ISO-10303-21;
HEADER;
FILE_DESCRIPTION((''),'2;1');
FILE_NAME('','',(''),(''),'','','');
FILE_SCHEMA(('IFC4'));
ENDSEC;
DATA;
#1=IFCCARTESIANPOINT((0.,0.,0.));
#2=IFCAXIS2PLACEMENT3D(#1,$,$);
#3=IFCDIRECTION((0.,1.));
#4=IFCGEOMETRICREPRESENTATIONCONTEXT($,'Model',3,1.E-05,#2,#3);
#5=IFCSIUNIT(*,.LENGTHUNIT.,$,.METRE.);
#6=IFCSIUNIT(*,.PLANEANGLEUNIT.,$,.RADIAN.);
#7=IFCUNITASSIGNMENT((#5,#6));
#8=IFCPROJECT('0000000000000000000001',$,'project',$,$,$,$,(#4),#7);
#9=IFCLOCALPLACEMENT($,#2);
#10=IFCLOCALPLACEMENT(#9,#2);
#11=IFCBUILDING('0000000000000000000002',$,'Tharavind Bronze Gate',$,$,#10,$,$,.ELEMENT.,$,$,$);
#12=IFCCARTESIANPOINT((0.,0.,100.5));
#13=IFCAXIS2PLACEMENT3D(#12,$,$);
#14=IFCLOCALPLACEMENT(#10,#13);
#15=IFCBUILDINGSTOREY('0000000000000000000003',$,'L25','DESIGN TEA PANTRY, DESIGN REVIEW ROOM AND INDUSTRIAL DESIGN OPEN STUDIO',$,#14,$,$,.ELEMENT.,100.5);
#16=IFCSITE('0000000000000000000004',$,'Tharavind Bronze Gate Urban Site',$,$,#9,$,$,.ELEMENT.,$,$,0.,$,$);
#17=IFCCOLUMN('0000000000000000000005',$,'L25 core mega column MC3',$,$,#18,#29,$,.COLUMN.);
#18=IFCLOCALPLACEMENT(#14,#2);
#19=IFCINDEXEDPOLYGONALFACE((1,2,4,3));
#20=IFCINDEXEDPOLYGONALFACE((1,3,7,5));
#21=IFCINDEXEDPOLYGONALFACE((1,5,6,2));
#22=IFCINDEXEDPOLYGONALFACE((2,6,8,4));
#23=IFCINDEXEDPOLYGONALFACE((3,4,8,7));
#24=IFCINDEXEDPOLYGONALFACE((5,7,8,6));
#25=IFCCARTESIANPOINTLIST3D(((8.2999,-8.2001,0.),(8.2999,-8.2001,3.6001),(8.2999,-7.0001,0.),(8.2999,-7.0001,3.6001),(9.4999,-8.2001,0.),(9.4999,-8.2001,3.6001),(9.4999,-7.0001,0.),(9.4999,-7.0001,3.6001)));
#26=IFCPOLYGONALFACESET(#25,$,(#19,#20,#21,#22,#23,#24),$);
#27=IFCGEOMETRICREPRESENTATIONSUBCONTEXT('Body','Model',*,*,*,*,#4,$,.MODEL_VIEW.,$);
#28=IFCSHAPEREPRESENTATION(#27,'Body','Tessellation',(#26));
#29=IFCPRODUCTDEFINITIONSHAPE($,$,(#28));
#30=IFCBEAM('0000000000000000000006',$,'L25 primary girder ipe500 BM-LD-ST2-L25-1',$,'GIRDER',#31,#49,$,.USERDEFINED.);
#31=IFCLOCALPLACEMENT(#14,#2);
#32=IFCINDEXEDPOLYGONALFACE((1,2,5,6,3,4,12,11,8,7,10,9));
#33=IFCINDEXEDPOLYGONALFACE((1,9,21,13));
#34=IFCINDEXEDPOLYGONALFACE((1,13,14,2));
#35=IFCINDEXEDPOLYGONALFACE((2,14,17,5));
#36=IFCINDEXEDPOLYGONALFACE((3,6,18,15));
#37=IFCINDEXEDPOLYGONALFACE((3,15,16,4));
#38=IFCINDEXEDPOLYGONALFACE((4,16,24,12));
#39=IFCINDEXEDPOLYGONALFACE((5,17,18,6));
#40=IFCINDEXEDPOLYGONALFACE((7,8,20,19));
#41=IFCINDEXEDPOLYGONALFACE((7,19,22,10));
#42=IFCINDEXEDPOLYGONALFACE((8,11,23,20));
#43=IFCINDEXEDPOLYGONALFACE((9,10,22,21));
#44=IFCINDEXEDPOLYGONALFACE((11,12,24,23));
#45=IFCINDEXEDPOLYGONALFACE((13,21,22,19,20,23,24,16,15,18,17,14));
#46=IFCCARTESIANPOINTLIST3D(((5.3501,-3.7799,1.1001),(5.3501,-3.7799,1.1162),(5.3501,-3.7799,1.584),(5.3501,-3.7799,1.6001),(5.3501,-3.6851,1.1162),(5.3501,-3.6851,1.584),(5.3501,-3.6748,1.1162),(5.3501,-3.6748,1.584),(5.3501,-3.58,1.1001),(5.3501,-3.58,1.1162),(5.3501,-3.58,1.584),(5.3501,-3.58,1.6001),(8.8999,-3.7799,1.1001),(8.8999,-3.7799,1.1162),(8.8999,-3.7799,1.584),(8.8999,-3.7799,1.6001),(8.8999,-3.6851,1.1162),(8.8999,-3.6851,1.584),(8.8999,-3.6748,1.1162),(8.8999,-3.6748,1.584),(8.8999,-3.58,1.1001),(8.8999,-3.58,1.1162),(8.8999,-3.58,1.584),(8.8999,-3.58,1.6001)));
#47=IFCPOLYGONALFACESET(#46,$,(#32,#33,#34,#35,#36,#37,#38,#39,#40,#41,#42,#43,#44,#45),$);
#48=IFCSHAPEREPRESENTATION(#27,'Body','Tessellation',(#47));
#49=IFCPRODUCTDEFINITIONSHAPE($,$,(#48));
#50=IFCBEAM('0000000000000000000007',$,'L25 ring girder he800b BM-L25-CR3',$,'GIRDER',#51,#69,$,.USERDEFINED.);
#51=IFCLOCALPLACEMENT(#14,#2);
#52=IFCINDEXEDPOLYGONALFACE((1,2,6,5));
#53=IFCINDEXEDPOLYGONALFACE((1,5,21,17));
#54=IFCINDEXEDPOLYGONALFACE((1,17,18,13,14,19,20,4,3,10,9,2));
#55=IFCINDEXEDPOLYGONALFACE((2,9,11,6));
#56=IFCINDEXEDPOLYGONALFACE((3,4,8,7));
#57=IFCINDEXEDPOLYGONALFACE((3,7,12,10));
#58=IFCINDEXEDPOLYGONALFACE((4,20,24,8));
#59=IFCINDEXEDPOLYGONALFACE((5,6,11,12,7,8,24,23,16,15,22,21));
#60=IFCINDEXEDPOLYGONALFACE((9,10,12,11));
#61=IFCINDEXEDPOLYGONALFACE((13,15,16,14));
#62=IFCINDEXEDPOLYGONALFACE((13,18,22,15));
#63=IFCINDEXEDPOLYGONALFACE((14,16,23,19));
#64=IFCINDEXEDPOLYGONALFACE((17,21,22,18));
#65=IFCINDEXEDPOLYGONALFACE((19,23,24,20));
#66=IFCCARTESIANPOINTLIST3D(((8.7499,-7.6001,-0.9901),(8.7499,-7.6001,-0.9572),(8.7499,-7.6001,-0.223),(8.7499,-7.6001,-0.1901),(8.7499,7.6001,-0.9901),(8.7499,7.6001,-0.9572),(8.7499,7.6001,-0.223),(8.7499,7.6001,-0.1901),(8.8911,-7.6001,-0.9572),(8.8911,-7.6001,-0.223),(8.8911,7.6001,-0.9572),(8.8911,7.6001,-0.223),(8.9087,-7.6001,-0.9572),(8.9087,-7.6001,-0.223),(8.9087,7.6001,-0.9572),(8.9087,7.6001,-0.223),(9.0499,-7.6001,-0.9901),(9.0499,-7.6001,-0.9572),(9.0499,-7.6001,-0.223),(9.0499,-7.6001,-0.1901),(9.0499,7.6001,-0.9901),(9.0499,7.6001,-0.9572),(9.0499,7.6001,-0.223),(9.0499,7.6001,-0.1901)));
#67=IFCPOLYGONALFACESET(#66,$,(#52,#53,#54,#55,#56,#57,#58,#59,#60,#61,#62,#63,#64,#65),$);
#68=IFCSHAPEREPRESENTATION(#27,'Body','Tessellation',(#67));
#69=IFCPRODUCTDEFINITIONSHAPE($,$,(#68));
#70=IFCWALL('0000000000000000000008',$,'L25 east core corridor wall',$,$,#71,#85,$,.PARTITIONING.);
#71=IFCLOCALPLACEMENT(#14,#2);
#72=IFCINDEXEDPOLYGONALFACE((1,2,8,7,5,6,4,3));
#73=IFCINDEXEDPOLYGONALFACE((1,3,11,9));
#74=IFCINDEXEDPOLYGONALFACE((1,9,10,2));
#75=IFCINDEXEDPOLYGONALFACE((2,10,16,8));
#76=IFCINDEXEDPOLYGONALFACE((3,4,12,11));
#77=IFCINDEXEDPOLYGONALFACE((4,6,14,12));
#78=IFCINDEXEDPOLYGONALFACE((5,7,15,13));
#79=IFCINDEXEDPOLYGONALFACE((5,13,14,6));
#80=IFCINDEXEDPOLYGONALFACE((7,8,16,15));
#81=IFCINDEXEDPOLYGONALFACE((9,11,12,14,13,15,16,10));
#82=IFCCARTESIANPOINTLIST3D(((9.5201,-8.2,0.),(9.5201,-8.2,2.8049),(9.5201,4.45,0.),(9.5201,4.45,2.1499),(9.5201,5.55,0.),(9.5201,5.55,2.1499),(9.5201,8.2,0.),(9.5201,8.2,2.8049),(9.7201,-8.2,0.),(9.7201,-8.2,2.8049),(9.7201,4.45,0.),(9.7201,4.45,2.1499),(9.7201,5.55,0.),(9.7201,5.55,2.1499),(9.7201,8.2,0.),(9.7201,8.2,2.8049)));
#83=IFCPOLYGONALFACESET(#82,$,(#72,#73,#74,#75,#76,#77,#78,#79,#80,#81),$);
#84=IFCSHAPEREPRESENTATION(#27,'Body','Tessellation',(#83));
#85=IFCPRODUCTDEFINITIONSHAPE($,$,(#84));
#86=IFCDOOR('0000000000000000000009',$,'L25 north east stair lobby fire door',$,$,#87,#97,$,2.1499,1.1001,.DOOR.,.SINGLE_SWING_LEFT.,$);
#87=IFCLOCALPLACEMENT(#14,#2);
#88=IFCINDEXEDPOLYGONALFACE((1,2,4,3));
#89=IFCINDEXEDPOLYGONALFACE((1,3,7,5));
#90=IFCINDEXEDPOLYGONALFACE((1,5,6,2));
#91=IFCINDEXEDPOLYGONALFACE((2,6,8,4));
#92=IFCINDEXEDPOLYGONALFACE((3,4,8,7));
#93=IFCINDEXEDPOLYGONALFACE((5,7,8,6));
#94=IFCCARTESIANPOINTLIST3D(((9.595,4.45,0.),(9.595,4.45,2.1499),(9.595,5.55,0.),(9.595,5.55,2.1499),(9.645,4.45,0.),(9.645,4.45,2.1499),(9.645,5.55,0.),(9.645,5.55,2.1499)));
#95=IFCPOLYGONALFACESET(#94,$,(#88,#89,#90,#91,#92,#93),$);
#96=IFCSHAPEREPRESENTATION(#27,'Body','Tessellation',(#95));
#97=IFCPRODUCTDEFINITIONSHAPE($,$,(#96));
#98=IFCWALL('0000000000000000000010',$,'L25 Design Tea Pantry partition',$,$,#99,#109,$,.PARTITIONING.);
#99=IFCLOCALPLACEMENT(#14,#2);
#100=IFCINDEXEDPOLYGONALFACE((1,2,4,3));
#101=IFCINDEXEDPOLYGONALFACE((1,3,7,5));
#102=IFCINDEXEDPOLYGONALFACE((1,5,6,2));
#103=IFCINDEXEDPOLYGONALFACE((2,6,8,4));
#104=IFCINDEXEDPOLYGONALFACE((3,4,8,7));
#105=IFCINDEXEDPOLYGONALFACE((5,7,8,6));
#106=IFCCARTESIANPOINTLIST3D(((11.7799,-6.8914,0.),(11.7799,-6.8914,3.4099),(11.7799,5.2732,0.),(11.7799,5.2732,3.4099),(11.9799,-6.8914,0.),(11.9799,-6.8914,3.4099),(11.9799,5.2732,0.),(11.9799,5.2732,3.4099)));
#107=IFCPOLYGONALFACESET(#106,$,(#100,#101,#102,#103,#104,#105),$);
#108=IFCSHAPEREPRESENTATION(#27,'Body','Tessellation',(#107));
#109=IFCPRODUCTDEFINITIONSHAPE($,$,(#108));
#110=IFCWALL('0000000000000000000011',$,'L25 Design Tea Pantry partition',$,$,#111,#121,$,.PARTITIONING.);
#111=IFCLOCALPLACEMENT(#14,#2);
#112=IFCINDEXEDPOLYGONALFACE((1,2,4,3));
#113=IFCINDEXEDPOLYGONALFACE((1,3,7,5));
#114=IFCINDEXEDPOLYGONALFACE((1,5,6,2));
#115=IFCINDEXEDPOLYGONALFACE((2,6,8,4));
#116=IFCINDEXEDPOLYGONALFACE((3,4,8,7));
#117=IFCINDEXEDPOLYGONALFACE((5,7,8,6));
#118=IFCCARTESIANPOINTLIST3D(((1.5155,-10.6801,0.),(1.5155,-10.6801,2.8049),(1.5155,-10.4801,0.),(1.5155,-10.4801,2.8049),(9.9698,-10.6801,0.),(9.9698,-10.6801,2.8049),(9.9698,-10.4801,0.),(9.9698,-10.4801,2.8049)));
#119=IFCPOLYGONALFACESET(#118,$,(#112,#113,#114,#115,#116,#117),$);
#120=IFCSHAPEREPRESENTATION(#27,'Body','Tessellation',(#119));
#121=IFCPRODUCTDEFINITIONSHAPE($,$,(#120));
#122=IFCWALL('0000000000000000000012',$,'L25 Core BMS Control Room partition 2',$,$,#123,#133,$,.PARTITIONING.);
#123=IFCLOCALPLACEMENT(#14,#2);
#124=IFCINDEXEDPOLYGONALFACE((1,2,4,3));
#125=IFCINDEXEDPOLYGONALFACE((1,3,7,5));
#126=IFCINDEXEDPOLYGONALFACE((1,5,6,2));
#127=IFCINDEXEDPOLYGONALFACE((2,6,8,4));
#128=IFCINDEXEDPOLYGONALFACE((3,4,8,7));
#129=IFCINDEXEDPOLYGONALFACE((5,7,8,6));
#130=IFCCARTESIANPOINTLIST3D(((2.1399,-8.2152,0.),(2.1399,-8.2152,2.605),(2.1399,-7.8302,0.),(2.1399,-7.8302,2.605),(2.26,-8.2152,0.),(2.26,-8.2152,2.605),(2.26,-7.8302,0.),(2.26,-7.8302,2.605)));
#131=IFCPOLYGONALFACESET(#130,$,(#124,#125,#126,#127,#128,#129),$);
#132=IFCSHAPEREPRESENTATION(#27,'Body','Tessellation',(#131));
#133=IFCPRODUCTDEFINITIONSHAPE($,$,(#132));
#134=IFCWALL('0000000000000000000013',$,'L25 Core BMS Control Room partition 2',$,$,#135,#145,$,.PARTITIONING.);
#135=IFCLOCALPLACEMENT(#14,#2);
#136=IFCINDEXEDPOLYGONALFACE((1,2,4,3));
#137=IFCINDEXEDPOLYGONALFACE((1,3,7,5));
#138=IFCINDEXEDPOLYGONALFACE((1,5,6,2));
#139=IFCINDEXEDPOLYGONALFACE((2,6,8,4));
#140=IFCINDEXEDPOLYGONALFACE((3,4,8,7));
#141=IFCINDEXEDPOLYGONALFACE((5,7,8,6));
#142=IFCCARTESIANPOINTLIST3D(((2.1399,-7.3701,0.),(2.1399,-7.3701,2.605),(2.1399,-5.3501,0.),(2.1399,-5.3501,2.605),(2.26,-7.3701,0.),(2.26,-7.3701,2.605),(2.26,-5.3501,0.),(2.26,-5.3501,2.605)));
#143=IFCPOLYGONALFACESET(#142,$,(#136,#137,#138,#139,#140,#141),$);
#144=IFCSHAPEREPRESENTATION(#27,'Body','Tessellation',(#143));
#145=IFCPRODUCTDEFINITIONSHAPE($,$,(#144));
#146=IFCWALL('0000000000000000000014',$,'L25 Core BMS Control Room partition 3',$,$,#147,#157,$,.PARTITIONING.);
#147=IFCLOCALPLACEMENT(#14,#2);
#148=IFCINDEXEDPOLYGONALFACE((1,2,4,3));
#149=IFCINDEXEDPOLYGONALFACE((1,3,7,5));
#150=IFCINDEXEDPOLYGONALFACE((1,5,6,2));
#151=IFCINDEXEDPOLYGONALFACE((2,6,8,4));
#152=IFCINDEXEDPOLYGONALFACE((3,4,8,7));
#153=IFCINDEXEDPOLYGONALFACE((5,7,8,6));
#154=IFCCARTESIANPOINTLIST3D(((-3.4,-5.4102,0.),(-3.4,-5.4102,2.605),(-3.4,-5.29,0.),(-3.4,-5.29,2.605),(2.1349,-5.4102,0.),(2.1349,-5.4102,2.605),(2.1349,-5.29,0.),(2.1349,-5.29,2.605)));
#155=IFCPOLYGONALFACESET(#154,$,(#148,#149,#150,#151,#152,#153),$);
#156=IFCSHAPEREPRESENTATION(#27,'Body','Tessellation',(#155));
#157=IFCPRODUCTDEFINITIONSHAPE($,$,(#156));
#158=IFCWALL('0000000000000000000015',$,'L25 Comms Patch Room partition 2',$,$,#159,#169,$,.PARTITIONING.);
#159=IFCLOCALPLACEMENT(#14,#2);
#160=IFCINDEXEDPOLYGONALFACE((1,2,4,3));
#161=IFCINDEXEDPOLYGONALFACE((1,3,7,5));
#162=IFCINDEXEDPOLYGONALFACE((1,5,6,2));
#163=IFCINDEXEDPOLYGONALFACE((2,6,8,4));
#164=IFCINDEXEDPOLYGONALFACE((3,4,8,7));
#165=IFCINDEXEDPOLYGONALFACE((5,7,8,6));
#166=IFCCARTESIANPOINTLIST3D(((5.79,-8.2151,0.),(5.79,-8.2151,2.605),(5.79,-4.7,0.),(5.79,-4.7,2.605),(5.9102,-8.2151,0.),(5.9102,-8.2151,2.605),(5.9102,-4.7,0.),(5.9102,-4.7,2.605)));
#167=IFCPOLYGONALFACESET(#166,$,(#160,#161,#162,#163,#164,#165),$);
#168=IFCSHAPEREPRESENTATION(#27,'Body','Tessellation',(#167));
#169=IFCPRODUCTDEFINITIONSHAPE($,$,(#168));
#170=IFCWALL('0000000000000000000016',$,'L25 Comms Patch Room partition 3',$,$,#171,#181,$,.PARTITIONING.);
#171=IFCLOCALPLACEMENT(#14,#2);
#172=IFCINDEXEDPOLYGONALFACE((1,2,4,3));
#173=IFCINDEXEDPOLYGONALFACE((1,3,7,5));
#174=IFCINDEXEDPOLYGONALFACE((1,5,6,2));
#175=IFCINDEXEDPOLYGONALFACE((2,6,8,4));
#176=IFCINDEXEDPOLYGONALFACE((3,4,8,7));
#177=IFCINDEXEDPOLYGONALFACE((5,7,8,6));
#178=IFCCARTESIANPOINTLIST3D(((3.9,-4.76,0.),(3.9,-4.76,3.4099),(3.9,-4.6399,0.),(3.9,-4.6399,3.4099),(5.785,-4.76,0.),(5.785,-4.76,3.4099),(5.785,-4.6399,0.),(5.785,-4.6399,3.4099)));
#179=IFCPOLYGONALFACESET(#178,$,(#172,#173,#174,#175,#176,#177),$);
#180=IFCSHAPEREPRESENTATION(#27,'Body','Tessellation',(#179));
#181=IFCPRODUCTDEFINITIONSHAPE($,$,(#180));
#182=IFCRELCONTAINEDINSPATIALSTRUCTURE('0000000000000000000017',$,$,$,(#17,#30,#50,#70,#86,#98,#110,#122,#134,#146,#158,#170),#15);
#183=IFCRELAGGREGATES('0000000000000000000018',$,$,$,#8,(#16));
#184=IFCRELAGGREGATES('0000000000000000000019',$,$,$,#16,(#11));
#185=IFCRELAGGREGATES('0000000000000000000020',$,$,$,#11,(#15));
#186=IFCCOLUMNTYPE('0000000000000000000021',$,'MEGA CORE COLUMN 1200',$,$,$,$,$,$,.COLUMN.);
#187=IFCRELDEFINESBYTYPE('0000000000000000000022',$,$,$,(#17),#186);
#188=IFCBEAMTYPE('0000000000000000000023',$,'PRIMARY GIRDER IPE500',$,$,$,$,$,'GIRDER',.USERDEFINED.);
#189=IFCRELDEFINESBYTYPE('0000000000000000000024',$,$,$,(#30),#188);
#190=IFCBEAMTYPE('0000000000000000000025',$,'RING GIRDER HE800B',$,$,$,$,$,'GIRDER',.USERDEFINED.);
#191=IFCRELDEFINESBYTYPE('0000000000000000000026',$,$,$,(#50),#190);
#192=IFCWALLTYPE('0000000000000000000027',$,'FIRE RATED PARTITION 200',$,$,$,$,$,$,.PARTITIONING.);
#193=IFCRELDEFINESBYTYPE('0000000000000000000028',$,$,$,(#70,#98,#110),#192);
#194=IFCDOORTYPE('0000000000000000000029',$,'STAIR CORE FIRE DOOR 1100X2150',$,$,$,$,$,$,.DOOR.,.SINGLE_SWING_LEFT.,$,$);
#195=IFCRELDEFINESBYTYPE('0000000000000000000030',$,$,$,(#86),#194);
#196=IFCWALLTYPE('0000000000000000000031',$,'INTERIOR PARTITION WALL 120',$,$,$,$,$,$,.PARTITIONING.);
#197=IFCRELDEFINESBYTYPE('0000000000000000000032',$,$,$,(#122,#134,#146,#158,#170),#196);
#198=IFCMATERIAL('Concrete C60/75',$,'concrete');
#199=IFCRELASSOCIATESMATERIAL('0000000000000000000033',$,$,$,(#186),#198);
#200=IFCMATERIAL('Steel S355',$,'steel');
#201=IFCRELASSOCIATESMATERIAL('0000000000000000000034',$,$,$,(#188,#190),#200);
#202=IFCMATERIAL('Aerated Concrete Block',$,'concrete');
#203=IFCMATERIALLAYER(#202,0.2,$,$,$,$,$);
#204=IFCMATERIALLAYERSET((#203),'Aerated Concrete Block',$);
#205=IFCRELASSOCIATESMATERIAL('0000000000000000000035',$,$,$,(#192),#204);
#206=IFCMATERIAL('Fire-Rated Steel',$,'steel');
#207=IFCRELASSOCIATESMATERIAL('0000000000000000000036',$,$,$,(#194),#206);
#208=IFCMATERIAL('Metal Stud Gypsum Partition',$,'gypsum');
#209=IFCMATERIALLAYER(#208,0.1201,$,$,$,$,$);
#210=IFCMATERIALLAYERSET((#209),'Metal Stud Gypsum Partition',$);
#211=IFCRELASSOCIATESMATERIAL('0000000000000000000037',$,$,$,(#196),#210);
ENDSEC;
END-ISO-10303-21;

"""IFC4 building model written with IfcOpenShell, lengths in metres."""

from ifc_helpers import new_model, si_unit, direction, frame, frame_2d, origin, origin_2d, place, context, subcontext, project, spatial, rectangle, i_section, extrude, material, layer, layer_set, material_profile, profile_set, type_object, element, fill, save


model = new_model("IFC4")

# Units and contexts
model_context = context("Model", 3, precision=1e-05, world=origin(), true_north=direction((0.0, 1.0)))
body_context = subcontext(model_context, "Body", "Model", "MODEL_VIEW")
ifc_project = project(units=[si_unit("LENGTHUNIT", "METRE"), si_unit("PLANEANGLEUNIT", "RADIAN")], contexts=[model_context])

# Site, building, storey
site_placement = place(None, origin())
site = spatial("IfcSite", under=ifc_project, at=site_placement, Name="Tharavind Bronze Gate Urban Site", CompositionType="ELEMENT", RefElevation=0.0)
building_placement = place(site_placement, origin())
building = spatial("IfcBuilding", under=site, at=building_placement, Name="Tharavind Bronze Gate", CompositionType="ELEMENT")
storey_placement = place(building_placement, frame((0.0, 0.0, 100.5)))
storey = spatial("IfcBuildingStorey", under=building, at=storey_placement, Name="L25", Description="DESIGN TEA PANTRY, DESIGN REVIEW ROOM AND INDUSTRIAL DESIGN OPEN STUDIO", CompositionType="ELEMENT", Elevation=100.5)

# Column
ifc_material_1 = material(Name="Concrete C60/75", Category="concrete")
ifc_material_profile_1 = material_profile(ifc_material_1, rectangle(XDim=1.2, YDim=1.2, at=origin_2d()), Name="RCCOL1200")
ifc_profile_set_1 = profile_set([ifc_material_profile_1], Name="Concrete C60/75")
column_type = type_object("IfcColumnType", Name="MEGA CORE COLUMN 1200", PredefinedType="COLUMN", material=ifc_profile_set_1)
column_placement = place(storey_placement, frame((8.8999, -7.6001, 0.0), z_axis=(0.0, 0.0, 1.0), x_axis=(1.0, 0.0, 0.0)))
element("IfcColumn", 1, at=column_placement, inside=storey, type_object=column_type, Name="L25 core mega column MC3", PredefinedType="COLUMN", context=body_context, shape_type="SweptSolid", body=[
    extrude(rectangle(XDim=1.2, YDim=1.2, at=origin_2d()), origin(), (0.0, 0.0, 1.0), 3.6001),
])

# Beams
ifc_material_2 = material(Name="Steel S355", Category="steel")
ifc_material_profile_2 = material_profile(ifc_material_2, i_section(OverallWidth=0.2, OverallDepth=0.5, WebThickness=0.0103, FlangeThickness=0.0161, at=origin_2d()), Name="IPE500")
ifc_profile_set_2 = profile_set([ifc_material_profile_2], Name="Steel S355")
beam_type_1 = type_object("IfcBeamType", Name="PRIMARY GIRDER IPE500", ElementType="GIRDER", PredefinedType="USERDEFINED", material=ifc_profile_set_2)
beam_1_placement = place(storey_placement, frame((5.3501, -3.6799, 1.3501), z_axis=(1.0, 0.0, 0.0), x_axis=(0.0, 1.0, 0.0)))
element("IfcBeam", 2, at=beam_1_placement, inside=storey, type_object=beam_type_1, Name="L25 primary girder ipe500 BM-LD-ST2-L25-1", ObjectType="GIRDER", PredefinedType="USERDEFINED", context=body_context, shape_type="SweptSolid", body=[
    extrude(i_section(OverallWidth=0.2, OverallDepth=0.5, WebThickness=0.0103, FlangeThickness=0.0161, at=origin_2d()), origin(), (0.0, 0.0, 1.0), 3.5498),
])
ifc_material_profile_3 = material_profile(ifc_material_2, i_section(OverallWidth=0.3, OverallDepth=0.8, WebThickness=0.0176, FlangeThickness=0.033, at=origin_2d()), Name="HE800B")
ifc_profile_set_3 = profile_set([ifc_material_profile_3], Name="Steel S355")
beam_type_2 = type_object("IfcBeamType", Name="RING GIRDER HE800B", ElementType="GIRDER", PredefinedType="USERDEFINED", material=ifc_profile_set_3)
beam_2_placement = place(storey_placement, frame((8.8999, -7.6001, -0.5901), z_axis=(0.0, 1.0, 0.0), x_axis=(-1.0, 0.0, 0.0)))
element("IfcBeam", 3, at=beam_2_placement, inside=storey, type_object=beam_type_2, Name="L25 ring girder he800b BM-L25-CR3", ObjectType="GIRDER", PredefinedType="USERDEFINED", context=body_context, shape_type="SweptSolid", body=[
    extrude(i_section(OverallWidth=0.3, OverallDepth=0.8, WebThickness=0.0176, FlangeThickness=0.033, at=origin_2d()), origin(), (0.0, 0.0, 1.0), 15.2002),
])

# Wall, opening, door
ifc_material_3 = material(Name="Aerated Concrete Block", Category="concrete")
ifc_layer_1 = layer(ifc_material_3, 0.2)
ifc_layer_set_1 = layer_set([ifc_layer_1], Name="Aerated Concrete Block")
wall_type_1 = type_object("IfcWallType", Name="FIRE RATED PARTITION 200", PredefinedType="PARTITIONING", material=ifc_layer_set_1)
wall_1_placement = place(storey_placement, frame((9.6201, -8.2, 0.0), z_axis=(0.0, 0.0, 1.0), x_axis=(0.0, 1.0, 0.0)))
wall_1 = element("IfcWall", 4, at=wall_1_placement, inside=storey, type_object=wall_type_1, Name="L25 east core corridor wall", PredefinedType="PARTITIONING", context=body_context, shape_type="SweptSolid", body=[
    extrude(rectangle(XDim=16.3999, YDim=0.2, at=frame_2d((8.2, 0.0))), origin(), (0.0, 0.0, 1.0), 2.8049),
])
opening_1_placement = place(wall_1_placement, frame((12.6499, 0.0, 0.0)))
opening_1 = element("IfcOpeningElement", 5, at=opening_1_placement, cuts=wall_1, PredefinedType="OPENING", context=body_context, shape_type="SweptSolid", body=[
    extrude(rectangle(XDim=1.1001, YDim=2.1499, at=frame_2d((0.55, 1.075))), frame((0.0, 0.1101, 0.0), z_axis=(0.0, -1.0, 0.0), x_axis=(1.0, 0.0, 0.0)), (0.0, 0.0, 1.0), 0.22),
])
ifc_material_4 = material(Name="Fire-Rated Steel", Category="steel")
door_type_1 = type_object("IfcDoorType", Name="STAIR CORE FIRE DOOR 1100X2150", OperationType="SINGLE_SWING_LEFT", PredefinedType="DOOR", material=ifc_material_4)
door_1_placement = place(opening_1_placement, frame((1.1001, 0.0, 0.0), z_axis=(0.0, 0.0, 1.0), x_axis=(-1.0, 0.0, 0.0)))
door_1 = element("IfcDoor", 6, at=door_1_placement, inside=storey, type_object=door_type_1, Name="L25 north east stair lobby fire door", OperationType="SINGLE_SWING_LEFT", OverallHeight=2.1499, OverallWidth=1.1001, PredefinedType="DOOR", context=body_context, shape_type="SweptSolid", body=[
    extrude(rectangle(XDim=1.1001, YDim=2.1499, at=frame_2d((0.55, 1.075))), frame((0.0, 0.0249, 0.0), z_axis=(0.0, -1.0, 0.0), x_axis=(1.0, 0.0, 0.0)), (0.0, 0.0, 1.0), 0.05),
])
fill(opening_1, door_1)

# Walls
wall_2_placement = place(storey_placement, frame((11.8799, -6.8914, 0.0), z_axis=(0.0, 0.0, 1.0), x_axis=(0.0, 1.0, 0.0)))
element("IfcWall", 7, at=wall_2_placement, inside=storey, type_object=wall_type_1, Name="L25 Design Tea Pantry partition", PredefinedType="PARTITIONING", context=body_context, shape_type="SweptSolid", body=[
    extrude(rectangle(XDim=12.1646, YDim=0.2, at=frame_2d((6.0823, 0.0))), origin(), (0.0, 0.0, 1.0), 3.4099),
])
wall_3_placement = place(storey_placement, frame((1.5156, -10.5801, 0.0), z_axis=(0.0, 0.0, 1.0), x_axis=(1.0, 0.0, 0.0)))
element("IfcWall", 8, at=wall_3_placement, inside=storey, type_object=wall_type_1, Name="L25 Design Tea Pantry partition", PredefinedType="PARTITIONING", context=body_context, shape_type="SweptSolid", body=[
    extrude(rectangle(XDim=8.4543, YDim=0.2, at=frame_2d((4.2271, 0.0))), origin(), (0.0, 0.0, 1.0), 2.8049),
])
ifc_material_5 = material(Name="Metal Stud Gypsum Partition", Category="gypsum")
ifc_layer_2 = layer(ifc_material_5, 0.1201)
ifc_layer_set_2 = layer_set([ifc_layer_2], Name="Metal Stud Gypsum Partition")
wall_type_2 = type_object("IfcWallType", Name="INTERIOR PARTITION WALL 120", PredefinedType="PARTITIONING", material=ifc_layer_set_2)
wall_4_placement = place(storey_placement, frame((2.2, -8.2151, 0.0), z_axis=(0.0, 0.0, 1.0), x_axis=(0.0, 1.0, 0.0)))
element("IfcWall", 9, at=wall_4_placement, inside=storey, type_object=wall_type_2, Name="L25 Core BMS Control Room partition 2", PredefinedType="PARTITIONING", context=body_context, shape_type="SweptSolid", body=[
    extrude(rectangle(XDim=0.385, YDim=0.1201, at=frame_2d((0.1924, 0.0))), origin(), (0.0, 0.0, 1.0), 2.605),
])
wall_5_placement = place(storey_placement, frame((2.2, -7.3701, 0.0), z_axis=(0.0, 0.0, 1.0), x_axis=(0.0, 1.0, 0.0)))
element("IfcWall", 10, at=wall_5_placement, inside=storey, type_object=wall_type_2, Name="L25 Core BMS Control Room partition 2", PredefinedType="PARTITIONING", context=body_context, shape_type="SweptSolid", body=[
    extrude(rectangle(XDim=2.02, YDim=0.1201, at=frame_2d((1.01, 0.0))), origin(), (0.0, 0.0, 1.0), 2.605),
])
wall_6_placement = place(storey_placement, frame((2.135, -5.3501, 0.0), z_axis=(0.0, 0.0, 1.0), x_axis=(-1.0, 0.0, 0.0)))
element("IfcWall", 11, at=wall_6_placement, inside=storey, type_object=wall_type_2, Name="L25 Core BMS Control Room partition 3", PredefinedType="PARTITIONING", context=body_context, shape_type="SweptSolid", body=[
    extrude(rectangle(XDim=5.5349, YDim=0.1201, at=frame_2d((2.7676, 0.0))), origin(), (0.0, 0.0, 1.0), 2.605),
])
wall_7_placement = place(storey_placement, frame((5.8501, -8.2151, 0.0), z_axis=(0.0, 0.0, 1.0), x_axis=(0.0, 1.0, 0.0)))
element("IfcWall", 12, at=wall_7_placement, inside=storey, type_object=wall_type_2, Name="L25 Comms Patch Room partition 2", PredefinedType="PARTITIONING", context=body_context, shape_type="SweptSolid", body=[
    extrude(rectangle(XDim=3.5151, YDim=0.1201, at=frame_2d((1.7576, 0.0))), origin(), (0.0, 0.0, 1.0), 2.605),
])
wall_8_placement = place(storey_placement, frame((5.7849, -4.7, 0.0), z_axis=(0.0, 0.0, 1.0), x_axis=(-1.0, 0.0, 0.0)))
element("IfcWall", 13, at=wall_8_placement, inside=storey, type_object=wall_type_2, Name="L25 Comms Patch Room partition 3", PredefinedType="PARTITIONING", context=body_context, shape_type="SweptSolid", body=[
    extrude(rectangle(XDim=1.885, YDim=0.1201, at=frame_2d((0.9424, 0.0))), origin(), (0.0, 0.0, 1.0), 3.4099),
])

save(model, "model.ifc")
